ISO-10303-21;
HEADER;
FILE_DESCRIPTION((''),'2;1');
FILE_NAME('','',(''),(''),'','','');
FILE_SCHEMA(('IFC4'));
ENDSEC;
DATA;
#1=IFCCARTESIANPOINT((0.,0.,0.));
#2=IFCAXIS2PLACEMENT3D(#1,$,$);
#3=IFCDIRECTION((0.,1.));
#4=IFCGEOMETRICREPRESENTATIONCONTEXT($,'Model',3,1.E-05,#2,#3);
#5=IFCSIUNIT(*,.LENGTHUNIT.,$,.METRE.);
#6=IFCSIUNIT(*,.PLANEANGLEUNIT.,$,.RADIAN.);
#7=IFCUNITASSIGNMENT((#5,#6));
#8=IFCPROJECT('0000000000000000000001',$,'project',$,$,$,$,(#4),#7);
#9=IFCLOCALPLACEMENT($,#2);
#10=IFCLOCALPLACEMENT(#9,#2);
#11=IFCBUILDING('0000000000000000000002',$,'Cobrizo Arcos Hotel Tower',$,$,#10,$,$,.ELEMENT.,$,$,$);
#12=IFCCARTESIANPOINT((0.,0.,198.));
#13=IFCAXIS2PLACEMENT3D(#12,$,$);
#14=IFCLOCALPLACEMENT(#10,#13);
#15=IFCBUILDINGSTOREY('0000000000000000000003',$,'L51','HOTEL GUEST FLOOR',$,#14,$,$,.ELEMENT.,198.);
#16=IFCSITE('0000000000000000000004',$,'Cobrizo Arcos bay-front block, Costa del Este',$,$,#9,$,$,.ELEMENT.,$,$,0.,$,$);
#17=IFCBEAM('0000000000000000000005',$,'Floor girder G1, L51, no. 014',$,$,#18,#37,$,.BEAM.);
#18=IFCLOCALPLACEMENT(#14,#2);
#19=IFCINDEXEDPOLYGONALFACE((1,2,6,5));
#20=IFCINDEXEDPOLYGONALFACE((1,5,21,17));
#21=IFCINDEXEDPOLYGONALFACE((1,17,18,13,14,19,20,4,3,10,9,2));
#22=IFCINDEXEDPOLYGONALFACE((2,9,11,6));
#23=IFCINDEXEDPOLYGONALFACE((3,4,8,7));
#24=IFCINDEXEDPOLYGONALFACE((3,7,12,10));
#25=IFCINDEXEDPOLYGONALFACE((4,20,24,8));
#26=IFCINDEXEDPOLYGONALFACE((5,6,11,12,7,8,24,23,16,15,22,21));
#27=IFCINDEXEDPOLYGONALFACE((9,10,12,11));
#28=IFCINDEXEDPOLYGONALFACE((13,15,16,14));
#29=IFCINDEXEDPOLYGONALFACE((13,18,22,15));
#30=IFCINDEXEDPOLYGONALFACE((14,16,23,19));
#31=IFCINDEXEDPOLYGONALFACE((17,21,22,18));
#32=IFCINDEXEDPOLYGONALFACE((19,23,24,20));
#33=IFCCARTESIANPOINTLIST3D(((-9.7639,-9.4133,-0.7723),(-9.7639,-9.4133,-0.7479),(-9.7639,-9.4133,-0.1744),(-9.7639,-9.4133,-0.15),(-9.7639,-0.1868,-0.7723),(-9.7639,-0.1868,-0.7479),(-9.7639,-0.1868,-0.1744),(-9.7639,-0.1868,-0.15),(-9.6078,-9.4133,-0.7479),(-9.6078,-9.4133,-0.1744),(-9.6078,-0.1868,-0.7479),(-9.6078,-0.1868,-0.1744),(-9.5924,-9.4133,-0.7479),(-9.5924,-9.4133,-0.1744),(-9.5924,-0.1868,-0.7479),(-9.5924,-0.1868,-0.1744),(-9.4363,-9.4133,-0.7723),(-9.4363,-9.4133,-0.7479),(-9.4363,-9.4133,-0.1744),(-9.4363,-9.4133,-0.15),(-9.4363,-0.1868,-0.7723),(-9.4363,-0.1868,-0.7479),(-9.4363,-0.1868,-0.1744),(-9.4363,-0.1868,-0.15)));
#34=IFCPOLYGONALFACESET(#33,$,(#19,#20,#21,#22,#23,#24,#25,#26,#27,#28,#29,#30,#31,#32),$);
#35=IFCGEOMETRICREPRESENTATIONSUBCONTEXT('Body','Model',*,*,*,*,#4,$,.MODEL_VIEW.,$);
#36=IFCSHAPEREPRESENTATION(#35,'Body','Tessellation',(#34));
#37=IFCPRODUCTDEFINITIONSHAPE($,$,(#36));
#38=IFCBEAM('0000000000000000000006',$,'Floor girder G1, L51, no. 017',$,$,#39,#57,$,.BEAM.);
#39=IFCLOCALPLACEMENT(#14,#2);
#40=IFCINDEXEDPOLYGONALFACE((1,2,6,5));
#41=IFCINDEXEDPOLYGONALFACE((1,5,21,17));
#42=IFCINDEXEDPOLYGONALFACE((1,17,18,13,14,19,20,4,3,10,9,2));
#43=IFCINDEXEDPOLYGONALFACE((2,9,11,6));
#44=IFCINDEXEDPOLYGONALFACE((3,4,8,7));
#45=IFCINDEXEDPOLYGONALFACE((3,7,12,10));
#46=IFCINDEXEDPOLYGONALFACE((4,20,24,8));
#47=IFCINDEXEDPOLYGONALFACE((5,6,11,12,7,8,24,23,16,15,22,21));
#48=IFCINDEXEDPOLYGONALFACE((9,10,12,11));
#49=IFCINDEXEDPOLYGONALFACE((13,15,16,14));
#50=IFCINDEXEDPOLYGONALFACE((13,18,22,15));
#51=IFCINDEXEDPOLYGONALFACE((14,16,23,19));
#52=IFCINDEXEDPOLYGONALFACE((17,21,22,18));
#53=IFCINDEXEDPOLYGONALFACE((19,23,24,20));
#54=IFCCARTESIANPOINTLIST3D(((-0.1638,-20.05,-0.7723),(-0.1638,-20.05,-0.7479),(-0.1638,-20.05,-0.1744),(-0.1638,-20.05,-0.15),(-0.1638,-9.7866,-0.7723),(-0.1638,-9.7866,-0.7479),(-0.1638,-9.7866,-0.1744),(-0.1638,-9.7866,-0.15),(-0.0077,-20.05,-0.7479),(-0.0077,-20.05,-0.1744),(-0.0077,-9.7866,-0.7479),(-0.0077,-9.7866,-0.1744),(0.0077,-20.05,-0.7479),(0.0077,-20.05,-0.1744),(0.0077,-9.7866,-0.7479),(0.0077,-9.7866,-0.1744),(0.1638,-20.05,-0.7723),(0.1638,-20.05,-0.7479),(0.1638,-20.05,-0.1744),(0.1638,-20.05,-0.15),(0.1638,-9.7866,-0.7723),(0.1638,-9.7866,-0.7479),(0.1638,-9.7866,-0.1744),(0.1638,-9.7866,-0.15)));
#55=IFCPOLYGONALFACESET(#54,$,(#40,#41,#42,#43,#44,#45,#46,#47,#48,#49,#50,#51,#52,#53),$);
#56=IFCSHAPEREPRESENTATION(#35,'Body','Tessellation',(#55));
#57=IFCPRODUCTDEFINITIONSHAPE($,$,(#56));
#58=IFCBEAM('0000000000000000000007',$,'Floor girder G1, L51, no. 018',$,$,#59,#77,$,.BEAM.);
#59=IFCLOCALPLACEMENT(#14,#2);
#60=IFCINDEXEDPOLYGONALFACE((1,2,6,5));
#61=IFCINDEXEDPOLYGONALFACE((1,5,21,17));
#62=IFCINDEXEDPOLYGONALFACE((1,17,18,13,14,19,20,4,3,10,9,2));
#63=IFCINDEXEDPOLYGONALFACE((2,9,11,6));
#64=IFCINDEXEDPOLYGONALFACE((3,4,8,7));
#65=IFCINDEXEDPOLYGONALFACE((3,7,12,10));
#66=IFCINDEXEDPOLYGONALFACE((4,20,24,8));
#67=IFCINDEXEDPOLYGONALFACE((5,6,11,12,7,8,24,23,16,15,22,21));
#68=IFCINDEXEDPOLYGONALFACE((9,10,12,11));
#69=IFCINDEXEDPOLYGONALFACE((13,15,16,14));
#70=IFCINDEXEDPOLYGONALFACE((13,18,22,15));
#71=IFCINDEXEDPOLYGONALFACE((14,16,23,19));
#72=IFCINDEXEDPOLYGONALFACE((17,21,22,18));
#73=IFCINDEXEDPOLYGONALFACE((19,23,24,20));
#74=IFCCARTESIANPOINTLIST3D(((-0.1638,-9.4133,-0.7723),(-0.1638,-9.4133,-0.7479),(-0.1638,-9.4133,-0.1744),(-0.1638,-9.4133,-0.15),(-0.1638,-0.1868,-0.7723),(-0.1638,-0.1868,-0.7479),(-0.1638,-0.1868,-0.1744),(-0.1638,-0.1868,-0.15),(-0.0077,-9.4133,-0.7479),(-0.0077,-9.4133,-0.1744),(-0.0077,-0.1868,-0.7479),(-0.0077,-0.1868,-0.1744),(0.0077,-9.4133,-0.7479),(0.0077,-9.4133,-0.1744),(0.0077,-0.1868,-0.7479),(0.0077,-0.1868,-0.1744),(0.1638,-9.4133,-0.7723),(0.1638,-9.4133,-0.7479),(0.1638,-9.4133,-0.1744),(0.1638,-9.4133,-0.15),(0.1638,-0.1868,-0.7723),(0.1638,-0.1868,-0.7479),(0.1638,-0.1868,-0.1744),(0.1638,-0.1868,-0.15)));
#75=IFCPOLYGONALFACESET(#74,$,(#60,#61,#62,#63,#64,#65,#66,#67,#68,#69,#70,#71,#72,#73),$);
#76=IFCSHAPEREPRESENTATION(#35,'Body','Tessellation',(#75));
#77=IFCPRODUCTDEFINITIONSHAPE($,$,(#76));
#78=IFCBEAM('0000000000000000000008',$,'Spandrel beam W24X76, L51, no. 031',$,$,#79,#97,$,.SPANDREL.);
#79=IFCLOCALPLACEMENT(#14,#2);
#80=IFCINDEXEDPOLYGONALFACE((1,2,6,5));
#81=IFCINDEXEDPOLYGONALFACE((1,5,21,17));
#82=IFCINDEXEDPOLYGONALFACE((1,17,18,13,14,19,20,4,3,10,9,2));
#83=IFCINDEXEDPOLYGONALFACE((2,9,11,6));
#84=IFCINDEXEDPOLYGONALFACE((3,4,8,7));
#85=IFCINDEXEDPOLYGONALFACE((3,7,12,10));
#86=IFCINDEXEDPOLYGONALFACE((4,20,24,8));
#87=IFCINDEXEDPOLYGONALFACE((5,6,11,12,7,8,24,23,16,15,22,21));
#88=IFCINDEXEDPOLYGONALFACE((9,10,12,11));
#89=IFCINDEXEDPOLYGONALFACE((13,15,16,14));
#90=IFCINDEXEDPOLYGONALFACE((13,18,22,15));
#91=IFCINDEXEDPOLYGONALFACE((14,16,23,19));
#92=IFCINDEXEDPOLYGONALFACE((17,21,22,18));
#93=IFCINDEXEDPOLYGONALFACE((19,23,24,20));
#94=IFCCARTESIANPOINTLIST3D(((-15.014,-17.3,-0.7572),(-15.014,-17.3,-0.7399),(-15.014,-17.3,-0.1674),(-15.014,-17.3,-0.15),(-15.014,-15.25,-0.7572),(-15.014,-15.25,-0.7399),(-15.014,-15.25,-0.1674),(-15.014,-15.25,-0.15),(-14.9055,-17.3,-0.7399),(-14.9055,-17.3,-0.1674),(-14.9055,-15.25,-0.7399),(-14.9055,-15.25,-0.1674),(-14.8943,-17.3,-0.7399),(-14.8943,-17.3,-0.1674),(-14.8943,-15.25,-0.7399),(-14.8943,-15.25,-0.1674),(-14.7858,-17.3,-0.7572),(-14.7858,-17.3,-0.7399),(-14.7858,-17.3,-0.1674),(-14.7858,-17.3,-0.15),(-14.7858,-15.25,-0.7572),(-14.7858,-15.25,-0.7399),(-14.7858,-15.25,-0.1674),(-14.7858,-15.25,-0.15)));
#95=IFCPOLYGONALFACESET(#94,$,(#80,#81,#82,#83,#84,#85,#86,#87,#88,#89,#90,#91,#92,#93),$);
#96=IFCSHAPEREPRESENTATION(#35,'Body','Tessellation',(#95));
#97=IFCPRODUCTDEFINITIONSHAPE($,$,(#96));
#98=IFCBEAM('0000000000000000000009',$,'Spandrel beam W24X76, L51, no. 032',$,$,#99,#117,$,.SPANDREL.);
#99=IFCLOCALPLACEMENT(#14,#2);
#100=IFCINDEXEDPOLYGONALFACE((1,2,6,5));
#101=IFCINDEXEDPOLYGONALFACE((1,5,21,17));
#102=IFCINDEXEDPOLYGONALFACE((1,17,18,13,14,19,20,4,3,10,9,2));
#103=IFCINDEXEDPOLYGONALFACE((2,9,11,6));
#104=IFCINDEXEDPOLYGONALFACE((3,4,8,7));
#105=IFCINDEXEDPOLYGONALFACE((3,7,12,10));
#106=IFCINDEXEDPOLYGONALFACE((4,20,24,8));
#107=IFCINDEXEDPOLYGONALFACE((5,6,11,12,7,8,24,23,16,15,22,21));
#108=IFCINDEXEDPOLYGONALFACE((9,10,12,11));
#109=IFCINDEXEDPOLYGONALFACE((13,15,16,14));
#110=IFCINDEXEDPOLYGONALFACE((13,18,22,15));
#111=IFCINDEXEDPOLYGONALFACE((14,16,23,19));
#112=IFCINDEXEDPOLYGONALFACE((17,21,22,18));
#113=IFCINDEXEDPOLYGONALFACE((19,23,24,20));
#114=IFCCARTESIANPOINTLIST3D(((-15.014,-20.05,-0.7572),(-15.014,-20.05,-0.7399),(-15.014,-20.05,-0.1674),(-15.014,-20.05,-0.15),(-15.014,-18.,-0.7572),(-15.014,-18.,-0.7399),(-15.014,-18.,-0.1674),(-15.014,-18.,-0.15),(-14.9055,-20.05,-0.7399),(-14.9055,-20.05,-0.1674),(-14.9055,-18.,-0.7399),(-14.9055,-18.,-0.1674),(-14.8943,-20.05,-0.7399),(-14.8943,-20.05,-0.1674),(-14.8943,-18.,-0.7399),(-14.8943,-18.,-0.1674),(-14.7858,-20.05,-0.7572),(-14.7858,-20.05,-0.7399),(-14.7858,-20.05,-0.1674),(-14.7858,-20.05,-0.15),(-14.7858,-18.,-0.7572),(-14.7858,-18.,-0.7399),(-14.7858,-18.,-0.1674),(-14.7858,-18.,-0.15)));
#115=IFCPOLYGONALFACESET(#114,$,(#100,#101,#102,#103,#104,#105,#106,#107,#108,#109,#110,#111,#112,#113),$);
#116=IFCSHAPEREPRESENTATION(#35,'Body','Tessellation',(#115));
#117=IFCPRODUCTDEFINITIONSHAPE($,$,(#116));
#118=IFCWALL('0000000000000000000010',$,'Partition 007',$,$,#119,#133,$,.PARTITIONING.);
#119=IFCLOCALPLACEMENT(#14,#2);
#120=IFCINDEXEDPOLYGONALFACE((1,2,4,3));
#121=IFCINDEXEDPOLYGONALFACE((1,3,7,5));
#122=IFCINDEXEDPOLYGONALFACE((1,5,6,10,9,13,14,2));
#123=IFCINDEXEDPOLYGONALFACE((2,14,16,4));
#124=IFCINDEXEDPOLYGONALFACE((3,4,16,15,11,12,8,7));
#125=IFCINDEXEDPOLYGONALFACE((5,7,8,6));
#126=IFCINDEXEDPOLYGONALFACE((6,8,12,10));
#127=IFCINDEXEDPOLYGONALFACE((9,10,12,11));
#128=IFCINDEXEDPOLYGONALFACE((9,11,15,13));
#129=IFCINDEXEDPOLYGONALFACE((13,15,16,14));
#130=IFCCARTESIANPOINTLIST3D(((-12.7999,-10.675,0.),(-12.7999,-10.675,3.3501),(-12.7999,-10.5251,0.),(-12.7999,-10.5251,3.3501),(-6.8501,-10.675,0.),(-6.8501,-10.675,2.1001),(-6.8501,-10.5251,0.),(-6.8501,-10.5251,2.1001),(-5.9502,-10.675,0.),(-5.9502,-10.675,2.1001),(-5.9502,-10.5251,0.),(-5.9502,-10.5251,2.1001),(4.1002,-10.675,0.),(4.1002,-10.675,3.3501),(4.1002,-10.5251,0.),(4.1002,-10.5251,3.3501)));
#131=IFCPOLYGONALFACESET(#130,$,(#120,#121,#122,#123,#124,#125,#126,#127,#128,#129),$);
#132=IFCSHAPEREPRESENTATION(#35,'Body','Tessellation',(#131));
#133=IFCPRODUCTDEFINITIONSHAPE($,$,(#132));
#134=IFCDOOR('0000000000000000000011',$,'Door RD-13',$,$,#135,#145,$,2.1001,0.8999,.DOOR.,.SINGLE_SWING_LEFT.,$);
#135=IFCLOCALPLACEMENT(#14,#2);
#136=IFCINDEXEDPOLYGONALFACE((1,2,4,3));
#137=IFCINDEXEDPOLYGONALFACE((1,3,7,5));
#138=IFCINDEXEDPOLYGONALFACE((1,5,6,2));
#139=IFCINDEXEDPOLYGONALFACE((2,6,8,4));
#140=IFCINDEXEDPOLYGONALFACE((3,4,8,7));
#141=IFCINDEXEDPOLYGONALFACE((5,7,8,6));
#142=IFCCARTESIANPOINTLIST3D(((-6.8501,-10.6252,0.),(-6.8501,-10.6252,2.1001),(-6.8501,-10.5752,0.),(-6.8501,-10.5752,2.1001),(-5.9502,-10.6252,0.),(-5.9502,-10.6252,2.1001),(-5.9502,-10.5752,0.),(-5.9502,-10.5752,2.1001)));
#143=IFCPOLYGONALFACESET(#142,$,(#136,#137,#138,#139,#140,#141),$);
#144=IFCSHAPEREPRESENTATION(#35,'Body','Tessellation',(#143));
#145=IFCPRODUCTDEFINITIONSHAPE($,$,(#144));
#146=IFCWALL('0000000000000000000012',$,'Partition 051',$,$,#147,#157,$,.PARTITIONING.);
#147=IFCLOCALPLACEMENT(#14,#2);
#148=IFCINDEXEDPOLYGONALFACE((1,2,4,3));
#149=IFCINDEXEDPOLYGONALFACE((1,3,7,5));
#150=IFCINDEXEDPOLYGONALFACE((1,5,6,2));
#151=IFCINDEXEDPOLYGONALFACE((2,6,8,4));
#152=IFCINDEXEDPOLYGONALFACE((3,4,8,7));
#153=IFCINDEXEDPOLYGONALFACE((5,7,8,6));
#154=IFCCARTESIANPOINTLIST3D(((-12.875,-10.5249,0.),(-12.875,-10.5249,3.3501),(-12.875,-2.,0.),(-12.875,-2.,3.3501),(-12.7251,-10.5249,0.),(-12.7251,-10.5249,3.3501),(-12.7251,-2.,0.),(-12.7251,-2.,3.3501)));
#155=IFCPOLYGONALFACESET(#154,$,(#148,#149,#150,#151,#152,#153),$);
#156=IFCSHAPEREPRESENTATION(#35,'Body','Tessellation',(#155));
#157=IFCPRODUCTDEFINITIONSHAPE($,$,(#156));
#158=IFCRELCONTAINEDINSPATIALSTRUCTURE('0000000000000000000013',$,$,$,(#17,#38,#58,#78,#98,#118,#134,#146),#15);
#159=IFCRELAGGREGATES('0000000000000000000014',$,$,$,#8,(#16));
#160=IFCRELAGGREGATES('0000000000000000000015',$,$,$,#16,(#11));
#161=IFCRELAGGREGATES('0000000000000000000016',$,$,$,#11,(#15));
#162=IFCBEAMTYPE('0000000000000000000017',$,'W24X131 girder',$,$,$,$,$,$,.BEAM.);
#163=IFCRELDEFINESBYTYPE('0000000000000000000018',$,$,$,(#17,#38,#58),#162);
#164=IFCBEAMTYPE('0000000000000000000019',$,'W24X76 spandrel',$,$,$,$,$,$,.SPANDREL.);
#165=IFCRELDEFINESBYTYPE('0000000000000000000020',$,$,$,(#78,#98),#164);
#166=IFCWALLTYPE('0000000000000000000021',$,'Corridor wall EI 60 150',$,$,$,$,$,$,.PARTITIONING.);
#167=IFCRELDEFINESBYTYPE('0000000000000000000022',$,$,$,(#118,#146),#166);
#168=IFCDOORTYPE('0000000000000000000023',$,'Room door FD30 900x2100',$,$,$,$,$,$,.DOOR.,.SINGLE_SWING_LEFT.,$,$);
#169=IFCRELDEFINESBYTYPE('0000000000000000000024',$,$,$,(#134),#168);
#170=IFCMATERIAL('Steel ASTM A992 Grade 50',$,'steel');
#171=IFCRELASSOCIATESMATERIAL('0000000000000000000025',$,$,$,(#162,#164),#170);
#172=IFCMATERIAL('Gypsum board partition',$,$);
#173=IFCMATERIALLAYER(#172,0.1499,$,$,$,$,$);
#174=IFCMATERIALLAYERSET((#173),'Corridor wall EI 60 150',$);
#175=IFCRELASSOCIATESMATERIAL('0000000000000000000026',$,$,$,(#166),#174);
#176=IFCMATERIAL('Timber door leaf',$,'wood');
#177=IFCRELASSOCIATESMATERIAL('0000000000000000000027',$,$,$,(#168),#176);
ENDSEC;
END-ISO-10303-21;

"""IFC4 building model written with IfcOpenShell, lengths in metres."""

from ifc_helpers import new_model, si_unit, direction, frame, frame_2d, origin, origin_2d, place, context, subcontext, project, spatial, rectangle, i_section, extrude, material, layer, layer_set, material_profile, profile_set, type_object, element, fill, save


model = new_model("IFC4")

# Units and contexts
model_context = context("Model", 3, precision=1e-05, world=origin(), true_north=direction((0.0, 1.0)))
body_context = subcontext(model_context, "Body", "Model", "MODEL_VIEW")
ifc_project = project(units=[si_unit("LENGTHUNIT", "METRE"), si_unit("PLANEANGLEUNIT", "RADIAN")], contexts=[model_context])

# Site, building, storey
site_placement = place(None, origin())
site = spatial("IfcSite", under=ifc_project, at=site_placement, Name="Cobrizo Arcos bay-front block, Costa del Este", CompositionType="ELEMENT", RefElevation=0.0)
building_placement = place(site_placement, origin())
building = spatial("IfcBuilding", under=site, at=building_placement, Name="Cobrizo Arcos Hotel Tower", CompositionType="ELEMENT")
storey_placement = place(building_placement, frame((0.0, 0.0, 198.0)))
storey = spatial("IfcBuildingStorey", under=building, at=storey_placement, Name="L51", Description="HOTEL GUEST FLOOR", CompositionType="ELEMENT", Elevation=198.0)

# Shared definitions
ifc_material_1 = material(Name="Steel ASTM A992 Grade 50", Category="steel")

# Beams
ifc_material_profile_1 = material_profile(ifc_material_1, i_section(OverallWidth=0.3276, OverallDepth=0.6223, WebThickness=0.0154, FlangeThickness=0.0244, at=origin_2d()), Name="W24X131")
ifc_profile_set_1 = profile_set([ifc_material_profile_1], Name="Steel ASTM A992 Grade 50")
beam_type_1 = type_object("IfcBeamType", Name="W24X131 girder", PredefinedType="BEAM", material=ifc_profile_set_1)
for number, where, z_axis, x_axis, name in (
    (1, (-9.6001, -9.4133, -0.4612), (0.0, 1.0, 0.0), (-1.0, 0.0, 0.0), "Floor girder G1, L51, no. 014"),
):
    element("IfcBeam", number, at=place(storey_placement, frame(where, z_axis=z_axis, x_axis=x_axis)), inside=storey, type_object=beam_type_1, Name=name, PredefinedType="BEAM", context=body_context, shape_type="SweptSolid", body=[
        extrude(i_section(OverallWidth=0.3276, OverallDepth=0.6223, WebThickness=0.0154, FlangeThickness=0.0244, at=origin_2d()), origin(), (0.0, 0.0, 1.0), 9.2266),
    ])
beam_1_placement = place(storey_placement, frame((0.0, -20.05, -0.4612), z_axis=(0.0, 1.0, 0.0), x_axis=(-1.0, 0.0, 0.0)))
element("IfcBeam", 2, at=beam_1_placement, inside=storey, type_object=beam_type_1, Name="Floor girder G1, L51, no. 017", PredefinedType="BEAM", context=body_context, shape_type="SweptSolid", body=[
    extrude(i_section(OverallWidth=0.3276, OverallDepth=0.6223, WebThickness=0.0154, FlangeThickness=0.0244, at=origin_2d()), origin(), (0.0, 0.0, 1.0), 10.2634),
])
beam_2_placement = place(storey_placement, frame((0.0, -9.4133, -0.4612), z_axis=(0.0, 1.0, 0.0), x_axis=(-1.0, 0.0, 0.0)))
element("IfcBeam", 3, at=beam_2_placement, inside=storey, type_object=beam_type_1, Name="Floor girder G1, L51, no. 018", PredefinedType="BEAM", context=body_context, shape_type="SweptSolid", body=[
    extrude(i_section(OverallWidth=0.3276, OverallDepth=0.6223, WebThickness=0.0154, FlangeThickness=0.0244, at=origin_2d()), origin(), (0.0, 0.0, 1.0), 9.2266),
])
ifc_material_profile_2 = material_profile(ifc_material_1, i_section(OverallWidth=0.2283, OverallDepth=0.6072, WebThickness=0.0112, FlangeThickness=0.0173, at=origin_2d()), Name="W24X76")
ifc_profile_set_2 = profile_set([ifc_material_profile_2], Name="Steel ASTM A992 Grade 50")
beam_type_2 = type_object("IfcBeamType", Name="W24X76 spandrel", PredefinedType="SPANDREL", material=ifc_profile_set_2)
for number, where, z_axis, x_axis, name in (
    (4, (-14.8999, -15.25, -0.4536), (0.0, -1.0, 0.0), (1.0, 0.0, 0.0), "Spandrel beam W24X76, L51, no. 031"),
    (5, (-14.8999, -18.0, -0.4536), (0.0, -1.0, 0.0), (1.0, 0.0, 0.0), "Spandrel beam W24X76, L51, no. 032"),
):
    element("IfcBeam", number, at=place(storey_placement, frame(where, z_axis=z_axis, x_axis=x_axis)), inside=storey, type_object=beam_type_2, Name=name, PredefinedType="SPANDREL", context=body_context, shape_type="SweptSolid", body=[
        extrude(i_section(OverallWidth=0.2283, OverallDepth=0.6072, WebThickness=0.0112, FlangeThickness=0.0173, at=origin_2d()), origin(), (0.0, 0.0, 1.0), 2.05),
    ])

# Wall, opening, door
ifc_material_2 = material(Name="Gypsum board partition")
ifc_layer_1 = layer(ifc_material_2, 0.1499)
ifc_layer_set_1 = layer_set([ifc_layer_1], Name="Corridor wall EI 60 150")
wall_type_1 = type_object("IfcWallType", Name="Corridor wall EI 60 150", PredefinedType="PARTITIONING", material=ifc_layer_set_1)
wall_1_placement = place(storey_placement, frame((-12.8, -10.6001, 0.0), z_axis=(0.0, 0.0, 1.0), x_axis=(1.0, 0.0, 0.0)))
wall_1 = element("IfcWall", 6, at=wall_1_placement, inside=storey, type_object=wall_type_1, Name="Partition 007", PredefinedType="PARTITIONING", context=body_context, shape_type="SweptSolid", body=[
    extrude(rectangle(XDim=16.9001, YDim=0.1499, at=frame_2d((8.4502, 0.0))), origin(), (0.0, 0.0, 1.0), 3.3501),
])
opening_1_placement = place(wall_1_placement, frame((5.95, 0.0, 0.0)))
opening_1 = element("IfcOpeningElement", 7, at=opening_1_placement, cuts=wall_1, PredefinedType="OPENING", context=body_context, shape_type="SweptSolid", body=[
    extrude(rectangle(XDim=0.8999, YDim=2.1001, at=frame_2d((0.45, 1.05))), frame((0.0, 0.0869, 0.0), z_axis=(0.0, -1.0, 0.0), x_axis=(1.0, 0.0, 0.0)), (0.0, 0.0, 1.0), 0.1738),
])
ifc_material_3 = material(Name="Timber door leaf", Category="wood")
door_type_1 = type_object("IfcDoorType", Name="Room door FD30 900x2100", OperationType="SINGLE_SWING_LEFT", PredefinedType="DOOR", material=ifc_material_3)
door_1_placement = place(opening_1_placement, origin())
door_1 = element("IfcDoor", 8, at=door_1_placement, inside=storey, type_object=door_type_1, Name="Door RD-13", OperationType="SINGLE_SWING_LEFT", OverallHeight=2.1001, OverallWidth=0.8999, PredefinedType="DOOR", context=body_context, shape_type="SweptSolid", body=[
    extrude(rectangle(XDim=0.8999, YDim=2.1001, at=frame_2d((0.45, 1.05))), frame((0.0, 0.0249, 0.0), z_axis=(0.0, -1.0, 0.0), x_axis=(1.0, 0.0, 0.0)), (0.0, 0.0, 1.0), 0.05),
])
fill(opening_1, door_1)

# Wall
wall_2_placement = place(storey_placement, frame((-12.8, -10.5249, 0.0), z_axis=(0.0, 0.0, 1.0), x_axis=(0.0, 1.0, 0.0)))
element("IfcWall", 9, at=wall_2_placement, inside=storey, type_object=wall_type_1, Name="Partition 051", PredefinedType="PARTITIONING", context=body_context, shape_type="SweptSolid", body=[
    extrude(rectangle(XDim=8.5249, YDim=0.1499, at=frame_2d((4.2625, 0.0))), origin(), (0.0, 0.0, 1.0), 3.3501),
])

save(model, "model.ifc")
